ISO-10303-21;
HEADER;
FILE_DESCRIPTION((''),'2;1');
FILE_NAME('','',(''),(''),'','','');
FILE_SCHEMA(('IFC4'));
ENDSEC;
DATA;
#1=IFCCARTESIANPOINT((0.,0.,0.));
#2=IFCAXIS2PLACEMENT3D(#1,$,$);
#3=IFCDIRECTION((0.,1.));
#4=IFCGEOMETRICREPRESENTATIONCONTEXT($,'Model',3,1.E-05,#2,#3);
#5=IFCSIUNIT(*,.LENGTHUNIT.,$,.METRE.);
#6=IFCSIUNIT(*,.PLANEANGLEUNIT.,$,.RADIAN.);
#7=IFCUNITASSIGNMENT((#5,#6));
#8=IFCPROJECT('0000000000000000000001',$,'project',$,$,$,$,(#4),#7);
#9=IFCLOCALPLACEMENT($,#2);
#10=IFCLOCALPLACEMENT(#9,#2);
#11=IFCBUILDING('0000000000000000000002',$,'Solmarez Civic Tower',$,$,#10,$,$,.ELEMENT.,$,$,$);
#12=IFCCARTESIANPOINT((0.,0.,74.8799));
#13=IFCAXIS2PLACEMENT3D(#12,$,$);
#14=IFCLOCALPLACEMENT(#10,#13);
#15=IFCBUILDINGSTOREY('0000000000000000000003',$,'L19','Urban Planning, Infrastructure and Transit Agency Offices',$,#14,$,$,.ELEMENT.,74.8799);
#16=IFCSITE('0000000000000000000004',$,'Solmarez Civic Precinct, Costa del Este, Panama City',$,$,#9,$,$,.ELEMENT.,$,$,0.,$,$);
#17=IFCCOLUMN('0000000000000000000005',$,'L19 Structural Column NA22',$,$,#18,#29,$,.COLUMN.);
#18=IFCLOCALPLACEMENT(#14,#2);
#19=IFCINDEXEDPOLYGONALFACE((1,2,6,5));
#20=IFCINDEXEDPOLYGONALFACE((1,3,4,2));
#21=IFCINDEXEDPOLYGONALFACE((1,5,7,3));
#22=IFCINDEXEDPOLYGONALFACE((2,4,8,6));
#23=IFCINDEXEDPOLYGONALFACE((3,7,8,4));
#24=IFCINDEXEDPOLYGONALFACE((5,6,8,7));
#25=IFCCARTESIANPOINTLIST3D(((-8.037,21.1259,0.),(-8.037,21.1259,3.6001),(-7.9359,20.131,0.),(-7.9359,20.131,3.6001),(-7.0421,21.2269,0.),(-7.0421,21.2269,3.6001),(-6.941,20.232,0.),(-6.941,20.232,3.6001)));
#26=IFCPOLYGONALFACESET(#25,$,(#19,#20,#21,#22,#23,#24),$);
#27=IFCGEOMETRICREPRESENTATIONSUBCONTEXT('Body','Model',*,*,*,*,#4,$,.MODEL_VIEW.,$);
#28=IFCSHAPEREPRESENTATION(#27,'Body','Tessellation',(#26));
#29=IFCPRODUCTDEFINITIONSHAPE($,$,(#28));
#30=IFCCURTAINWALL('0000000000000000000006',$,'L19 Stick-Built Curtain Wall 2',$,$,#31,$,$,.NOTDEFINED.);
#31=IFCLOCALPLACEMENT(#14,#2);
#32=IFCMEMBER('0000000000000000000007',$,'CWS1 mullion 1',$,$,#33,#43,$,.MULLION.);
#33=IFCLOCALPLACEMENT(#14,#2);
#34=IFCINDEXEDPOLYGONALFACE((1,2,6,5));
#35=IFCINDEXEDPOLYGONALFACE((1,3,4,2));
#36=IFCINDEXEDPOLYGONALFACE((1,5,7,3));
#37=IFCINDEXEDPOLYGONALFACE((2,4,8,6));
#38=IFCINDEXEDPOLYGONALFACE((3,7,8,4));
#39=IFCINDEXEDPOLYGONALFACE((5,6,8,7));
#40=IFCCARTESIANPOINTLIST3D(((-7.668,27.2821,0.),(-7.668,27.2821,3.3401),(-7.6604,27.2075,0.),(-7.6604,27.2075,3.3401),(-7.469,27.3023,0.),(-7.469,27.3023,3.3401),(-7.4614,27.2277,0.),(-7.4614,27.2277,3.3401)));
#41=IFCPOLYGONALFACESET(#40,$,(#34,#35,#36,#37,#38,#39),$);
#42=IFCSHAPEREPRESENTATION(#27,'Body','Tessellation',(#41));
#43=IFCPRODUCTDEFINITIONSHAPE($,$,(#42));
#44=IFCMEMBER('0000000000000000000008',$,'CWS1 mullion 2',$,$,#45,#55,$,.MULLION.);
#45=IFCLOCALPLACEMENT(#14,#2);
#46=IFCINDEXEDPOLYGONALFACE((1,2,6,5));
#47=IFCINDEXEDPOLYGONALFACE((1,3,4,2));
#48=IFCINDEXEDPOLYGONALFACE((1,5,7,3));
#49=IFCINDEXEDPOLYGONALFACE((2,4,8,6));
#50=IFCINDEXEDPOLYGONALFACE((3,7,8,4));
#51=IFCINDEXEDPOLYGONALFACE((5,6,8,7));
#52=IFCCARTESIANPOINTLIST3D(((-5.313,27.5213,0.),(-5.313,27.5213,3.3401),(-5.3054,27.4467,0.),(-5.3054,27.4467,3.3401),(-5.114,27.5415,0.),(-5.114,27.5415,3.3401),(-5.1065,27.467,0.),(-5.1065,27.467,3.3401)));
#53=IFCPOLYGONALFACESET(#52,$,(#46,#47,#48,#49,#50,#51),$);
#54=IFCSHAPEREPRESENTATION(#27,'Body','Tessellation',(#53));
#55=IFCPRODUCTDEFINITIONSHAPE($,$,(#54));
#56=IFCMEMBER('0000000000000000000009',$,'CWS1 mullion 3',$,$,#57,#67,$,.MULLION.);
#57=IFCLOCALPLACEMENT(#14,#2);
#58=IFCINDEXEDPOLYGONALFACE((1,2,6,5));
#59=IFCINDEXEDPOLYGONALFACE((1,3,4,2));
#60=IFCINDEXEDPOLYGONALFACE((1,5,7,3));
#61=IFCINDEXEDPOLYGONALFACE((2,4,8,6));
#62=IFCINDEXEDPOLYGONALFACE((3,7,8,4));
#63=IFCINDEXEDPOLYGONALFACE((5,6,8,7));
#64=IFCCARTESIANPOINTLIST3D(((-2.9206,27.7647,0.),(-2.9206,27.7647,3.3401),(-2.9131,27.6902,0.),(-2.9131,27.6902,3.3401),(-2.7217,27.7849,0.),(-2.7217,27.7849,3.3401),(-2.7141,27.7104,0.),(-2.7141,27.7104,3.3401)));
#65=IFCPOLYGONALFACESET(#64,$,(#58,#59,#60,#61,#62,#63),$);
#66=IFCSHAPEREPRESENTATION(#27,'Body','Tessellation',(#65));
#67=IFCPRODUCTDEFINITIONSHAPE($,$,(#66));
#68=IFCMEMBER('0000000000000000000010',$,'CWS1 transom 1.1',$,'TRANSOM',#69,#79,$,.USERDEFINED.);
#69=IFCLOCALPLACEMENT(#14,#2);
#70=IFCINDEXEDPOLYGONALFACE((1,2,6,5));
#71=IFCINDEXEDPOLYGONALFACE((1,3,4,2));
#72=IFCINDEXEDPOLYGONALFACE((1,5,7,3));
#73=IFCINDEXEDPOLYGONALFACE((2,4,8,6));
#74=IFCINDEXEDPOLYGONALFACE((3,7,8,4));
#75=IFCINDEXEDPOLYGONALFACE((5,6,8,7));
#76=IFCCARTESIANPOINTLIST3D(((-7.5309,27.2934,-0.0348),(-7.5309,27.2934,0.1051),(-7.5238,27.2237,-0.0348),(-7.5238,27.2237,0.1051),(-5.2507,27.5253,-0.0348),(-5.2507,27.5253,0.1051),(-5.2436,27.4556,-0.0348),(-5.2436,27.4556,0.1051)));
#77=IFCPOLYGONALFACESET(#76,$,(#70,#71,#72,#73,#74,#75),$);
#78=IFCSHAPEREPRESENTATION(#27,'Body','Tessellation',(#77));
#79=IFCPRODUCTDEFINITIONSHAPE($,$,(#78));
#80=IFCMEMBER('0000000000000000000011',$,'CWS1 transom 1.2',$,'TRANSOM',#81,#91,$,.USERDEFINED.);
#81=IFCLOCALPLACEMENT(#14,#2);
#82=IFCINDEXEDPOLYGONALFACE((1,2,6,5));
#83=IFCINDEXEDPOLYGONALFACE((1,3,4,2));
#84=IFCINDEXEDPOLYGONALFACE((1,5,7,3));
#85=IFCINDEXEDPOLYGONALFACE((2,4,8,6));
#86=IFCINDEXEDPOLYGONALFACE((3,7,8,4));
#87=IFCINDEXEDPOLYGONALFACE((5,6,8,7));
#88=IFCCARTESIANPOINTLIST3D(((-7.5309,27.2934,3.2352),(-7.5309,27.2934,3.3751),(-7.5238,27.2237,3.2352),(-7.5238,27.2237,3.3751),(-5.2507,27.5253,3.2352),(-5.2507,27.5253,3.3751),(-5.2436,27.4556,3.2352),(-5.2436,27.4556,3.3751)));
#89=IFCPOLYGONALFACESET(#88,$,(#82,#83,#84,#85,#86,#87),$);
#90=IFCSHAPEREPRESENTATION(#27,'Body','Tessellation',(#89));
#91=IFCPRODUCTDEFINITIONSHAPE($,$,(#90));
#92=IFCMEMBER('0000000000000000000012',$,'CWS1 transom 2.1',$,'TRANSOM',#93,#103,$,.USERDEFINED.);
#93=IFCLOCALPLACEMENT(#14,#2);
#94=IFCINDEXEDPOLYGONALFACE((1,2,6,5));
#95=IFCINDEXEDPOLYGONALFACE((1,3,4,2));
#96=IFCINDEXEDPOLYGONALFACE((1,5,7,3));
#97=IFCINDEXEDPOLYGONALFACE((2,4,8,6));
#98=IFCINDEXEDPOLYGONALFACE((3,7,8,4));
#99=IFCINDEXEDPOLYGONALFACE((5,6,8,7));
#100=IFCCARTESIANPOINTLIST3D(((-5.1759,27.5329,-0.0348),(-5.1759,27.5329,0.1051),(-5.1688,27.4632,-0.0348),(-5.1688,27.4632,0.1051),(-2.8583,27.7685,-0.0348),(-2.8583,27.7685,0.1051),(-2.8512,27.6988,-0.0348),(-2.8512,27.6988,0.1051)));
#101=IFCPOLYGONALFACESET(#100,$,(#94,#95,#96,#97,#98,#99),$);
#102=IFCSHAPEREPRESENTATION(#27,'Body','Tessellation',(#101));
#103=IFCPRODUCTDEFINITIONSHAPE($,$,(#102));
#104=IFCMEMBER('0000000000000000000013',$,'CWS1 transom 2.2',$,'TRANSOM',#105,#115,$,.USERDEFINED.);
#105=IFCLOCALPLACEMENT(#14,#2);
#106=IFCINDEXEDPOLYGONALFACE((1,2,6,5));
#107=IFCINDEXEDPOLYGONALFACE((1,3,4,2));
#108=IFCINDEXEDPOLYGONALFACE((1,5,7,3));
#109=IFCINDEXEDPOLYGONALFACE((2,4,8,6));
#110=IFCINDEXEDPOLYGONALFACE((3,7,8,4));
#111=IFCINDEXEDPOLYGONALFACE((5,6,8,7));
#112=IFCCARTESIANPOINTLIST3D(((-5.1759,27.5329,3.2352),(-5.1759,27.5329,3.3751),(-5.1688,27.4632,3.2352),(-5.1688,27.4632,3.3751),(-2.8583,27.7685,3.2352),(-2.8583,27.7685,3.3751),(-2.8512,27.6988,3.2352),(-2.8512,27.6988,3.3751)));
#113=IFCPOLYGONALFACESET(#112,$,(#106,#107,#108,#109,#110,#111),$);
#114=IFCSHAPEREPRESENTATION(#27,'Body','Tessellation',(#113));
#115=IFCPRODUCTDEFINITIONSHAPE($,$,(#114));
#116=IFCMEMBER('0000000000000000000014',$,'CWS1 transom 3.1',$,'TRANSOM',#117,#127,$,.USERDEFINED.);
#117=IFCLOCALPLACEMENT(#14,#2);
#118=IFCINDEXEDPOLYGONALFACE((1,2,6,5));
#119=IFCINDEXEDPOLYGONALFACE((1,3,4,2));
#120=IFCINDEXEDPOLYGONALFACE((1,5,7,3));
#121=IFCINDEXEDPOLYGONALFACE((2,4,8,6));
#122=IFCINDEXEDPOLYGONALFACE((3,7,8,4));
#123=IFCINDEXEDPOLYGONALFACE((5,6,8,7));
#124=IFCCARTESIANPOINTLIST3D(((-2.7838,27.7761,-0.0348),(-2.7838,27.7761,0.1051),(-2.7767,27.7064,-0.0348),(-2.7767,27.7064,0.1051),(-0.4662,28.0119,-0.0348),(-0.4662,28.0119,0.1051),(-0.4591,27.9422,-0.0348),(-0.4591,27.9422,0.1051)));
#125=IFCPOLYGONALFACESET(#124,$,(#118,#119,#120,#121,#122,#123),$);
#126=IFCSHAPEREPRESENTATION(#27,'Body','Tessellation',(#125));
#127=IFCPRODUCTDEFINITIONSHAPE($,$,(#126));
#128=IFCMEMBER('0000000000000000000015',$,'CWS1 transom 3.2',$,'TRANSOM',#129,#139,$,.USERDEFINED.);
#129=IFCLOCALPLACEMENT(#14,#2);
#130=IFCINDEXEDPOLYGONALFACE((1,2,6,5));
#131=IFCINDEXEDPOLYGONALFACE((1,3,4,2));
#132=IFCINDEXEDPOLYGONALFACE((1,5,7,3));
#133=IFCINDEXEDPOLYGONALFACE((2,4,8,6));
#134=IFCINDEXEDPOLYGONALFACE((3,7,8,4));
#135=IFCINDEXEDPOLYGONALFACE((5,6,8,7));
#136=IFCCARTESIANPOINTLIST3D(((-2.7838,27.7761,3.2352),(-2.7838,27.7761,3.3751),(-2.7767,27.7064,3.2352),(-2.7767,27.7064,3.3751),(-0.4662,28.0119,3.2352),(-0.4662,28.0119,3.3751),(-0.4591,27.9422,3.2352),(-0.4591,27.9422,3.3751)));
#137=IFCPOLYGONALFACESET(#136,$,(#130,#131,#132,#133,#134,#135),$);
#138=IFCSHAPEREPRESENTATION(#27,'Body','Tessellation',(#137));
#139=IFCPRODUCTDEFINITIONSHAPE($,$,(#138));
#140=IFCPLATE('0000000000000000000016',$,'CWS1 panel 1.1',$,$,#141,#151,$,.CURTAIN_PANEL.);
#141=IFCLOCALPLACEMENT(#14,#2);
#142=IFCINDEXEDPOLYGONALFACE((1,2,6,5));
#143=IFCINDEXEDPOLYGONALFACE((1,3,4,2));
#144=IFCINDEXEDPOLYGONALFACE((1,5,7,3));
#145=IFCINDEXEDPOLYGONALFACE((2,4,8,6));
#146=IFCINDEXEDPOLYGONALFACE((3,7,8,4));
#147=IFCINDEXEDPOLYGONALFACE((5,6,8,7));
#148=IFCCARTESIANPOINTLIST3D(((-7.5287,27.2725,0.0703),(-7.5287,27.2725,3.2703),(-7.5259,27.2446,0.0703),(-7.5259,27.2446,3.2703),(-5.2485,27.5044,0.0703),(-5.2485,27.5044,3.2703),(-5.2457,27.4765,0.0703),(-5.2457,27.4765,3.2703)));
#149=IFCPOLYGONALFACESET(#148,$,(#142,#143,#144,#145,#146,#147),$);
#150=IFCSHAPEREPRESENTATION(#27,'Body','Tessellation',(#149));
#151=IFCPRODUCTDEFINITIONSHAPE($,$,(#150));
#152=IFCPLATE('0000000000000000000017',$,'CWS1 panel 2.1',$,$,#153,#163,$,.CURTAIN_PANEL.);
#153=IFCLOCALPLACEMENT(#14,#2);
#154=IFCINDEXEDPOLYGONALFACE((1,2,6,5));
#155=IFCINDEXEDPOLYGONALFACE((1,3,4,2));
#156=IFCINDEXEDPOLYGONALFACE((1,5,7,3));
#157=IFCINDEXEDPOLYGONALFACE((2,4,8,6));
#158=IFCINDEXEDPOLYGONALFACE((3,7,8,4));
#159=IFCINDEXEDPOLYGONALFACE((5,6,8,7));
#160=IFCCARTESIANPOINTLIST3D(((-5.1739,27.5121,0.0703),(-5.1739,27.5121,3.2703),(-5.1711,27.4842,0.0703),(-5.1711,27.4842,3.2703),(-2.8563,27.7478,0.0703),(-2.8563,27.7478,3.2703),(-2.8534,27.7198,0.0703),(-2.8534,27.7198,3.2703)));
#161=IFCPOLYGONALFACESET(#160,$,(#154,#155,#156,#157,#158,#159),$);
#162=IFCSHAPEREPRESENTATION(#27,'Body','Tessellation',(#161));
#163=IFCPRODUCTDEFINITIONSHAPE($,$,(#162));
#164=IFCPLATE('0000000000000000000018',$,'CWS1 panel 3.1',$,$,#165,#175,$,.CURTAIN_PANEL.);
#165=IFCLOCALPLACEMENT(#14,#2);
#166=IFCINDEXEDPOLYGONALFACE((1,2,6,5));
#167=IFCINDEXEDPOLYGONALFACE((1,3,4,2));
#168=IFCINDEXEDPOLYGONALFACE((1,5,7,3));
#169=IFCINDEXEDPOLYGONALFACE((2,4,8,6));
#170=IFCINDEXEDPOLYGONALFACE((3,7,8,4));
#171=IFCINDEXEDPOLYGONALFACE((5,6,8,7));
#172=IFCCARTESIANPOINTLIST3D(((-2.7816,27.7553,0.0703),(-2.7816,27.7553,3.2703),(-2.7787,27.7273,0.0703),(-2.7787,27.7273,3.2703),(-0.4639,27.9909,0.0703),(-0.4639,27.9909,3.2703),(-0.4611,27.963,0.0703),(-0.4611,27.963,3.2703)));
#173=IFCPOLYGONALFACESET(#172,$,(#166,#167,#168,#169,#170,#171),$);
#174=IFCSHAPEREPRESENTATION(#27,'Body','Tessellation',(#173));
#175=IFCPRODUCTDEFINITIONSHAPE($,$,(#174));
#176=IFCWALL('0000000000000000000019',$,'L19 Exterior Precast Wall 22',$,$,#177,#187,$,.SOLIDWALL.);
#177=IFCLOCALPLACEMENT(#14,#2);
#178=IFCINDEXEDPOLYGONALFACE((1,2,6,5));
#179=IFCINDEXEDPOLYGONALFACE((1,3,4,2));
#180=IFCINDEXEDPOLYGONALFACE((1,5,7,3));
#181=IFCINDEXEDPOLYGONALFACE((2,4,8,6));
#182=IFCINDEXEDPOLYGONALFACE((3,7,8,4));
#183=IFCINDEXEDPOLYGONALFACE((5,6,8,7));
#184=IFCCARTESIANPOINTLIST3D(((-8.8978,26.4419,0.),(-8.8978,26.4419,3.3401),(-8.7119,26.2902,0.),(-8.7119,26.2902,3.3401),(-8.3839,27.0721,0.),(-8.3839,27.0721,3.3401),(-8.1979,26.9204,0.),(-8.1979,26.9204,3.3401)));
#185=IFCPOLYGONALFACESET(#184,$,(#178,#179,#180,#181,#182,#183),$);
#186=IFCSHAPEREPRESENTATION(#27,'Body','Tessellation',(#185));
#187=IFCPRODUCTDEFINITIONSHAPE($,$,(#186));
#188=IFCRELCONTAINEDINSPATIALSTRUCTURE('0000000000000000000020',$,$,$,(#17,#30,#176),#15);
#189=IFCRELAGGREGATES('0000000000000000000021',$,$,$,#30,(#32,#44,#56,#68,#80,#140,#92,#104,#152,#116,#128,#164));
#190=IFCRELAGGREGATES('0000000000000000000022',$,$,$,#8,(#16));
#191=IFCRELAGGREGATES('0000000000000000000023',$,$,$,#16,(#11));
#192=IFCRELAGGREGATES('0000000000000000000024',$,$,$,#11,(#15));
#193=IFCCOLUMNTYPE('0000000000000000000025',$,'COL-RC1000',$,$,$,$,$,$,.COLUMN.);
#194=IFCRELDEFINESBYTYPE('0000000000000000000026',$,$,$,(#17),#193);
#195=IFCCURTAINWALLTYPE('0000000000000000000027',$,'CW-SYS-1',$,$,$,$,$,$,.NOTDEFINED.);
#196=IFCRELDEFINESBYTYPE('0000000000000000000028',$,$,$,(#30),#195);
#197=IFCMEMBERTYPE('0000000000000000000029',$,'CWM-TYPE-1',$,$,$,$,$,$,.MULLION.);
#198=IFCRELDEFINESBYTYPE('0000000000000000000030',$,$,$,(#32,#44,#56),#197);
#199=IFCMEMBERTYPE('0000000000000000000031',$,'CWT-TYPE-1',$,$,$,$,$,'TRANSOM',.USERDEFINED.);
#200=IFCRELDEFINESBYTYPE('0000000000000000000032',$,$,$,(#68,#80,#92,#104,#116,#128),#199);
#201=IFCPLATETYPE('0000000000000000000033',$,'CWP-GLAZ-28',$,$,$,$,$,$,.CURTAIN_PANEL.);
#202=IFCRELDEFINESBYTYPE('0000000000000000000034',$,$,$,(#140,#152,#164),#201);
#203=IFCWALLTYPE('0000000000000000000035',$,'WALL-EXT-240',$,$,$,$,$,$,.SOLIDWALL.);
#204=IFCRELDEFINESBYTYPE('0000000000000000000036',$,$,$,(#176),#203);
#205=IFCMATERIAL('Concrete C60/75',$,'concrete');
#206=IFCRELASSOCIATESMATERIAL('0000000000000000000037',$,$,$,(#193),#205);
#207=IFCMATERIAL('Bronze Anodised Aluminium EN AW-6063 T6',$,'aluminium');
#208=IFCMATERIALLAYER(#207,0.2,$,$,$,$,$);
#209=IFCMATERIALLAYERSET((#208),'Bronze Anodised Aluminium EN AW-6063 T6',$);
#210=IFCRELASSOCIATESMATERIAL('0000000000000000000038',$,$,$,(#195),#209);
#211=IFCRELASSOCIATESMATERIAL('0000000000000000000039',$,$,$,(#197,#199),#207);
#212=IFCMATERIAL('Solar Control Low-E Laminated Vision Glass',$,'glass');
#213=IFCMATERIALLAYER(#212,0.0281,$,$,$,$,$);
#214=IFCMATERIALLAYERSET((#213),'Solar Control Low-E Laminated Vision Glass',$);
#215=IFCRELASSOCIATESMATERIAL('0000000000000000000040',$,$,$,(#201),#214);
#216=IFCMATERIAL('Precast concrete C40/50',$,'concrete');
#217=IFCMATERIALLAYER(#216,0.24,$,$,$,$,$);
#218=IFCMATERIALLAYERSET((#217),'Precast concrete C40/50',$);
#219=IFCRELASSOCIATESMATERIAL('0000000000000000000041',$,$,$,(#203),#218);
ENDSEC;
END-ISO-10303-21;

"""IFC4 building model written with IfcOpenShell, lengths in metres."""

from ifc_helpers import new_model, si_unit, direction, frame, frame_2d, origin, origin_2d, place, context, subcontext, project, spatial, rectangle, extrude, material, layer, layer_set, material_profile, profile_set, type_object, element, aggregate, save


model = new_model("IFC4")

# Units and contexts
model_context = context("Model", 3, precision=1e-05, world=origin(), true_north=direction((0.0, 1.0)))
body_context = subcontext(model_context, "Body", "Model", "MODEL_VIEW")
ifc_project = project(units=[si_unit("LENGTHUNIT", "METRE"), si_unit("PLANEANGLEUNIT", "RADIAN")], contexts=[model_context])

# Site, building, storey
site_placement = place(None, origin())
site = spatial("IfcSite", under=ifc_project, at=site_placement, Name="Solmarez Civic Precinct, Costa del Este, Panama City", CompositionType="ELEMENT", RefElevation=0.0)
building_placement = place(site_placement, origin())
building = spatial("IfcBuilding", under=site, at=building_placement, Name="Solmarez Civic Tower", CompositionType="ELEMENT")
storey_placement = place(building_placement, frame((0.0, 0.0, 74.8799)))
storey = spatial("IfcBuildingStorey", under=building, at=storey_placement, Name="L19", Description="Urban Planning, Infrastructure and Transit Agency Offices", CompositionType="ELEMENT", Elevation=74.8799)

# Column
ifc_material_1 = material(Name="Concrete C60/75", Category="concrete")
ifc_material_profile_1 = material_profile(ifc_material_1, rectangle(XDim=1.0, YDim=1.0, at=origin_2d()), Name="RC1000X1000")
ifc_profile_set_1 = profile_set([ifc_material_profile_1], Name="Concrete C60/75")
column_type = type_object("IfcColumnType", Name="COL-RC1000", PredefinedType="COLUMN", material=ifc_profile_set_1)
column_placement = place(storey_placement, frame((-7.489, 20.679, 0.0), z_axis=(0.0, 0.0, 1.0), x_axis=(0.994881, 0.101056, 0.0)))
element("IfcColumn", 1, at=column_placement, inside=storey, type_object=column_type, Name="L19 Structural Column NA22", PredefinedType="COLUMN", context=body_context, shape_type="SweptSolid", body=[
    extrude(rectangle(XDim=1.0, YDim=1.0, at=origin_2d()), origin(), (0.0, 0.0, 1.0), 3.6001),
])

# Curtain wall, members, plates
ifc_material_2 = material(Name="Bronze Anodised Aluminium EN AW-6063 T6", Category="aluminium")
ifc_layer_1 = layer(ifc_material_2, 0.2)
ifc_layer_set_1 = layer_set([ifc_layer_1], Name="Bronze Anodised Aluminium EN AW-6063 T6")
curtain_wall_type = type_object("IfcCurtainWallType", Name="CW-SYS-1", PredefinedType="NOTDEFINED", material=ifc_layer_set_1)
curtain_wall_placement = place(storey_placement, origin())
curtain_wall = element("IfcCurtainWall", 2, at=curtain_wall_placement, inside=storey, type_object=curtain_wall_type, Name="L19 Stick-Built Curtain Wall 2", PredefinedType="NOTDEFINED")
ifc_material_profile_2 = material_profile(ifc_material_2, rectangle(XDim=0.075, YDim=0.2, at=origin_2d()), Name="CWM-75X200")
ifc_profile_set_2 = profile_set([ifc_material_profile_2], Name="Bronze Anodised Aluminium EN AW-6063 T6")
member_type_1 = type_object("IfcMemberType", Name="CWM-TYPE-1", PredefinedType="MULLION", material=ifc_profile_set_2)
member_1_placement = place(storey_placement, frame((-7.5647, 27.2549, 0.0), z_axis=(0.0, 0.0, 1.0), x_axis=(-0.101161, 0.99487, 0.0)))
member_1 = element("IfcMember", 3, at=member_1_placement, type_object=member_type_1, Name="CWS1 mullion 1", PredefinedType="MULLION", context=body_context, shape_type="SweptSolid", body=[
    extrude(rectangle(XDim=0.075, YDim=0.2, at=origin_2d()), origin(), (0.0, 0.0, 1.0), 3.3401),
])
member_2_placement = place(storey_placement, frame((-5.2097, 27.4941, 0.0), z_axis=(0.0, 0.0, 1.0), x_axis=(-0.101161, 0.99487, 0.0)))
member_2 = element("IfcMember", 4, at=member_2_placement, type_object=member_type_1, Name="CWS1 mullion 2", PredefinedType="MULLION", context=body_context, shape_type="SweptSolid", body=[
    extrude(rectangle(XDim=0.075, YDim=0.2, at=origin_2d()), origin(), (0.0, 0.0, 1.0), 3.3401),
])
member_3_placement = place(storey_placement, frame((-2.8174, 27.7375, 0.0), z_axis=(0.0, 0.0, 1.0), x_axis=(-0.101161, 0.99487, 0.0)))
member_3 = element("IfcMember", 5, at=member_3_placement, type_object=member_type_1, Name="CWS1 mullion 3", PredefinedType="MULLION", context=body_context, shape_type="SweptSolid", body=[
    extrude(rectangle(XDim=0.075, YDim=0.2, at=origin_2d()), origin(), (0.0, 0.0, 1.0), 3.3401),
])
ifc_material_profile_3 = material_profile(ifc_material_2, rectangle(XDim=0.0701, YDim=0.1399, at=origin_2d()), Name="CWT-70X140")
ifc_profile_set_3 = profile_set([ifc_material_profile_3], Name="Bronze Anodised Aluminium EN AW-6063 T6")
member_type_2 = type_object("IfcMemberType", Name="CWT-TYPE-1", ElementType="TRANSOM", PredefinedType="USERDEFINED", material=ifc_profile_set_3)
member_4_placement = place(storey_placement, frame((-7.5273, 27.2585, 0.0352), z_axis=(0.994867, 0.101191, 0.0), x_axis=(-0.101191, 0.994867, 0.0)))
member_4 = element("IfcMember", 6, at=member_4_placement, type_object=member_type_2, Name="CWS1 transom 1.1", ObjectType="TRANSOM", PredefinedType="USERDEFINED", context=body_context, shape_type="SweptSolid", body=[
    extrude(rectangle(XDim=0.0701, YDim=0.1399, at=origin_2d()), origin(), (0.0, 0.0, 1.0), 2.292),
])
member_5_placement = place(storey_placement, frame((-7.5273, 27.2585, 3.3052), z_axis=(0.994867, 0.101191, 0.0), x_axis=(-0.101191, 0.994867, 0.0)))
member_5 = element("IfcMember", 7, at=member_5_placement, type_object=member_type_2, Name="CWS1 transom 1.2", ObjectType="TRANSOM", PredefinedType="USERDEFINED", context=body_context, shape_type="SweptSolid", body=[
    extrude(rectangle(XDim=0.0701, YDim=0.1399, at=origin_2d()), origin(), (0.0, 0.0, 1.0), 2.292),
])
member_6_placement = place(storey_placement, frame((-5.1724, 27.498, 0.0352), z_axis=(0.994873, 0.101133, 0.0), x_axis=(-0.101133, 0.994873, 0.0)))
member_6 = element("IfcMember", 8, at=member_6_placement, type_object=member_type_2, Name="CWS1 transom 2.1", ObjectType="TRANSOM", PredefinedType="USERDEFINED", context=body_context, shape_type="SweptSolid", body=[
    extrude(rectangle(XDim=0.0701, YDim=0.1399, at=origin_2d()), origin(), (0.0, 0.0, 1.0), 2.3296),
])
member_7_placement = place(storey_placement, frame((-5.1724, 27.498, 3.3052), z_axis=(0.994873, 0.101133, 0.0), x_axis=(-0.101133, 0.994873, 0.0)))
member_7 = element("IfcMember", 9, at=member_7_placement, type_object=member_type_2, Name="CWS1 transom 2.2", ObjectType="TRANSOM", PredefinedType="USERDEFINED", context=body_context, shape_type="SweptSolid", body=[
    extrude(rectangle(XDim=0.0701, YDim=0.1399, at=origin_2d()), origin(), (0.0, 0.0, 1.0), 2.3296),
])
member_8_placement = place(storey_placement, frame((-2.7803, 27.7412, 0.0352), z_axis=(0.994862, 0.101236, 0.0), x_axis=(-0.101236, 0.994862, 0.0)))
member_8 = element("IfcMember", 10, at=member_8_placement, type_object=member_type_2, Name="CWS1 transom 3.1", ObjectType="TRANSOM", PredefinedType="USERDEFINED", context=body_context, shape_type="SweptSolid", body=[
    extrude(rectangle(XDim=0.0701, YDim=0.1399, at=origin_2d()), origin(), (0.0, 0.0, 1.0), 2.3296),
])
member_9_placement = place(storey_placement, frame((-2.7803, 27.7412, 3.3052), z_axis=(0.994862, 0.101236, 0.0), x_axis=(-0.101236, 0.994862, 0.0)))
member_9 = element("IfcMember", 11, at=member_9_placement, type_object=member_type_2, Name="CWS1 transom 3.2", ObjectType="TRANSOM", PredefinedType="USERDEFINED", context=body_context, shape_type="SweptSolid", body=[
    extrude(rectangle(XDim=0.0701, YDim=0.1399, at=origin_2d()), origin(), (0.0, 0.0, 1.0), 2.3296),
])
ifc_material_3 = material(Name="Solar Control Low-E Laminated Vision Glass", Category="glass")
ifc_layer_2 = layer(ifc_material_3, 0.0281)
ifc_layer_set_2 = layer_set([ifc_layer_2], Name="Solar Control Low-E Laminated Vision Glass")
plate_type = type_object("IfcPlateType", Name="CWP-GLAZ-28", PredefinedType="CURTAIN_PANEL", material=ifc_layer_set_2)
plate_1_placement = place(storey_placement, frame((-6.3872, 27.3745, 0.0703), z_axis=(0.0, 0.0, 1.0), x_axis=(0.99487, 0.101161, 0.0)))
plate_1 = element("IfcPlate", 12, at=plate_1_placement, type_object=plate_type, Name="CWS1 panel 1.1", PredefinedType="CURTAIN_PANEL", context=body_context, shape_type="SweptSolid", body=[
    extrude(rectangle(XDim=2.292, YDim=0.0281, at=origin_2d()), origin(), (0.0, 0.0, 1.0), 3.2),
])
plate_2_placement = place(storey_placement, frame((-4.0137, 27.616, 0.0703), z_axis=(0.0, 0.0, 1.0), x_axis=(0.99487, 0.101161, 0.0)))
plate_2 = element("IfcPlate", 13, at=plate_2_placement, type_object=plate_type, Name="CWS1 panel 2.1", PredefinedType="CURTAIN_PANEL", context=body_context, shape_type="SweptSolid", body=[
    extrude(rectangle(XDim=2.3296, YDim=0.0281, at=origin_2d()), origin(), (0.0, 0.0, 1.0), 3.2),
])
plate_3_placement = place(storey_placement, frame((-1.6213, 27.8591, 0.0703), z_axis=(0.0, 0.0, 1.0), x_axis=(0.99487, 0.101161, 0.0)))
plate_3 = element("IfcPlate", 14, at=plate_3_placement, type_object=plate_type, Name="CWS1 panel 3.1", PredefinedType="CURTAIN_PANEL", context=body_context, shape_type="SweptSolid", body=[
    extrude(rectangle(XDim=2.3296, YDim=0.0281, at=origin_2d()), origin(), (0.0, 0.0, 1.0), 3.2),
])
aggregate(curtain_wall, [member_1, member_2, member_3, member_4, member_5, plate_1, member_6, member_7, plate_2, member_8, member_9, plate_3])

# Wall
ifc_material_4 = material(Name="Precast concrete C40/50", Category="concrete")
ifc_layer_3 = layer(ifc_material_4, 0.24)
ifc_layer_set_3 = layer_set([ifc_layer_3], Name="Precast concrete C40/50")
wall_type = type_object("IfcWallType", Name="WALL-EXT-240", PredefinedType="SOLIDWALL", material=ifc_layer_set_3)
wall_1_placement = place(storey_placement, frame((-8.8049, 26.366, 0.0), z_axis=(0.0, 0.0, 1.0), x_axis=(0.632027, 0.774946, 0.0)))
element("IfcWall", 15, at=wall_1_placement, inside=storey, type_object=wall_type, Name="L19 Exterior Precast Wall 22", PredefinedType="SOLIDWALL", context=body_context, shape_type="SweptSolid", body=[
    extrude(rectangle(XDim=0.8132, YDim=0.24, at=frame_2d((0.4067, 0.0))), origin(), (0.0, 0.0, 1.0), 3.3401),
])

save(model, "model.ifc")
